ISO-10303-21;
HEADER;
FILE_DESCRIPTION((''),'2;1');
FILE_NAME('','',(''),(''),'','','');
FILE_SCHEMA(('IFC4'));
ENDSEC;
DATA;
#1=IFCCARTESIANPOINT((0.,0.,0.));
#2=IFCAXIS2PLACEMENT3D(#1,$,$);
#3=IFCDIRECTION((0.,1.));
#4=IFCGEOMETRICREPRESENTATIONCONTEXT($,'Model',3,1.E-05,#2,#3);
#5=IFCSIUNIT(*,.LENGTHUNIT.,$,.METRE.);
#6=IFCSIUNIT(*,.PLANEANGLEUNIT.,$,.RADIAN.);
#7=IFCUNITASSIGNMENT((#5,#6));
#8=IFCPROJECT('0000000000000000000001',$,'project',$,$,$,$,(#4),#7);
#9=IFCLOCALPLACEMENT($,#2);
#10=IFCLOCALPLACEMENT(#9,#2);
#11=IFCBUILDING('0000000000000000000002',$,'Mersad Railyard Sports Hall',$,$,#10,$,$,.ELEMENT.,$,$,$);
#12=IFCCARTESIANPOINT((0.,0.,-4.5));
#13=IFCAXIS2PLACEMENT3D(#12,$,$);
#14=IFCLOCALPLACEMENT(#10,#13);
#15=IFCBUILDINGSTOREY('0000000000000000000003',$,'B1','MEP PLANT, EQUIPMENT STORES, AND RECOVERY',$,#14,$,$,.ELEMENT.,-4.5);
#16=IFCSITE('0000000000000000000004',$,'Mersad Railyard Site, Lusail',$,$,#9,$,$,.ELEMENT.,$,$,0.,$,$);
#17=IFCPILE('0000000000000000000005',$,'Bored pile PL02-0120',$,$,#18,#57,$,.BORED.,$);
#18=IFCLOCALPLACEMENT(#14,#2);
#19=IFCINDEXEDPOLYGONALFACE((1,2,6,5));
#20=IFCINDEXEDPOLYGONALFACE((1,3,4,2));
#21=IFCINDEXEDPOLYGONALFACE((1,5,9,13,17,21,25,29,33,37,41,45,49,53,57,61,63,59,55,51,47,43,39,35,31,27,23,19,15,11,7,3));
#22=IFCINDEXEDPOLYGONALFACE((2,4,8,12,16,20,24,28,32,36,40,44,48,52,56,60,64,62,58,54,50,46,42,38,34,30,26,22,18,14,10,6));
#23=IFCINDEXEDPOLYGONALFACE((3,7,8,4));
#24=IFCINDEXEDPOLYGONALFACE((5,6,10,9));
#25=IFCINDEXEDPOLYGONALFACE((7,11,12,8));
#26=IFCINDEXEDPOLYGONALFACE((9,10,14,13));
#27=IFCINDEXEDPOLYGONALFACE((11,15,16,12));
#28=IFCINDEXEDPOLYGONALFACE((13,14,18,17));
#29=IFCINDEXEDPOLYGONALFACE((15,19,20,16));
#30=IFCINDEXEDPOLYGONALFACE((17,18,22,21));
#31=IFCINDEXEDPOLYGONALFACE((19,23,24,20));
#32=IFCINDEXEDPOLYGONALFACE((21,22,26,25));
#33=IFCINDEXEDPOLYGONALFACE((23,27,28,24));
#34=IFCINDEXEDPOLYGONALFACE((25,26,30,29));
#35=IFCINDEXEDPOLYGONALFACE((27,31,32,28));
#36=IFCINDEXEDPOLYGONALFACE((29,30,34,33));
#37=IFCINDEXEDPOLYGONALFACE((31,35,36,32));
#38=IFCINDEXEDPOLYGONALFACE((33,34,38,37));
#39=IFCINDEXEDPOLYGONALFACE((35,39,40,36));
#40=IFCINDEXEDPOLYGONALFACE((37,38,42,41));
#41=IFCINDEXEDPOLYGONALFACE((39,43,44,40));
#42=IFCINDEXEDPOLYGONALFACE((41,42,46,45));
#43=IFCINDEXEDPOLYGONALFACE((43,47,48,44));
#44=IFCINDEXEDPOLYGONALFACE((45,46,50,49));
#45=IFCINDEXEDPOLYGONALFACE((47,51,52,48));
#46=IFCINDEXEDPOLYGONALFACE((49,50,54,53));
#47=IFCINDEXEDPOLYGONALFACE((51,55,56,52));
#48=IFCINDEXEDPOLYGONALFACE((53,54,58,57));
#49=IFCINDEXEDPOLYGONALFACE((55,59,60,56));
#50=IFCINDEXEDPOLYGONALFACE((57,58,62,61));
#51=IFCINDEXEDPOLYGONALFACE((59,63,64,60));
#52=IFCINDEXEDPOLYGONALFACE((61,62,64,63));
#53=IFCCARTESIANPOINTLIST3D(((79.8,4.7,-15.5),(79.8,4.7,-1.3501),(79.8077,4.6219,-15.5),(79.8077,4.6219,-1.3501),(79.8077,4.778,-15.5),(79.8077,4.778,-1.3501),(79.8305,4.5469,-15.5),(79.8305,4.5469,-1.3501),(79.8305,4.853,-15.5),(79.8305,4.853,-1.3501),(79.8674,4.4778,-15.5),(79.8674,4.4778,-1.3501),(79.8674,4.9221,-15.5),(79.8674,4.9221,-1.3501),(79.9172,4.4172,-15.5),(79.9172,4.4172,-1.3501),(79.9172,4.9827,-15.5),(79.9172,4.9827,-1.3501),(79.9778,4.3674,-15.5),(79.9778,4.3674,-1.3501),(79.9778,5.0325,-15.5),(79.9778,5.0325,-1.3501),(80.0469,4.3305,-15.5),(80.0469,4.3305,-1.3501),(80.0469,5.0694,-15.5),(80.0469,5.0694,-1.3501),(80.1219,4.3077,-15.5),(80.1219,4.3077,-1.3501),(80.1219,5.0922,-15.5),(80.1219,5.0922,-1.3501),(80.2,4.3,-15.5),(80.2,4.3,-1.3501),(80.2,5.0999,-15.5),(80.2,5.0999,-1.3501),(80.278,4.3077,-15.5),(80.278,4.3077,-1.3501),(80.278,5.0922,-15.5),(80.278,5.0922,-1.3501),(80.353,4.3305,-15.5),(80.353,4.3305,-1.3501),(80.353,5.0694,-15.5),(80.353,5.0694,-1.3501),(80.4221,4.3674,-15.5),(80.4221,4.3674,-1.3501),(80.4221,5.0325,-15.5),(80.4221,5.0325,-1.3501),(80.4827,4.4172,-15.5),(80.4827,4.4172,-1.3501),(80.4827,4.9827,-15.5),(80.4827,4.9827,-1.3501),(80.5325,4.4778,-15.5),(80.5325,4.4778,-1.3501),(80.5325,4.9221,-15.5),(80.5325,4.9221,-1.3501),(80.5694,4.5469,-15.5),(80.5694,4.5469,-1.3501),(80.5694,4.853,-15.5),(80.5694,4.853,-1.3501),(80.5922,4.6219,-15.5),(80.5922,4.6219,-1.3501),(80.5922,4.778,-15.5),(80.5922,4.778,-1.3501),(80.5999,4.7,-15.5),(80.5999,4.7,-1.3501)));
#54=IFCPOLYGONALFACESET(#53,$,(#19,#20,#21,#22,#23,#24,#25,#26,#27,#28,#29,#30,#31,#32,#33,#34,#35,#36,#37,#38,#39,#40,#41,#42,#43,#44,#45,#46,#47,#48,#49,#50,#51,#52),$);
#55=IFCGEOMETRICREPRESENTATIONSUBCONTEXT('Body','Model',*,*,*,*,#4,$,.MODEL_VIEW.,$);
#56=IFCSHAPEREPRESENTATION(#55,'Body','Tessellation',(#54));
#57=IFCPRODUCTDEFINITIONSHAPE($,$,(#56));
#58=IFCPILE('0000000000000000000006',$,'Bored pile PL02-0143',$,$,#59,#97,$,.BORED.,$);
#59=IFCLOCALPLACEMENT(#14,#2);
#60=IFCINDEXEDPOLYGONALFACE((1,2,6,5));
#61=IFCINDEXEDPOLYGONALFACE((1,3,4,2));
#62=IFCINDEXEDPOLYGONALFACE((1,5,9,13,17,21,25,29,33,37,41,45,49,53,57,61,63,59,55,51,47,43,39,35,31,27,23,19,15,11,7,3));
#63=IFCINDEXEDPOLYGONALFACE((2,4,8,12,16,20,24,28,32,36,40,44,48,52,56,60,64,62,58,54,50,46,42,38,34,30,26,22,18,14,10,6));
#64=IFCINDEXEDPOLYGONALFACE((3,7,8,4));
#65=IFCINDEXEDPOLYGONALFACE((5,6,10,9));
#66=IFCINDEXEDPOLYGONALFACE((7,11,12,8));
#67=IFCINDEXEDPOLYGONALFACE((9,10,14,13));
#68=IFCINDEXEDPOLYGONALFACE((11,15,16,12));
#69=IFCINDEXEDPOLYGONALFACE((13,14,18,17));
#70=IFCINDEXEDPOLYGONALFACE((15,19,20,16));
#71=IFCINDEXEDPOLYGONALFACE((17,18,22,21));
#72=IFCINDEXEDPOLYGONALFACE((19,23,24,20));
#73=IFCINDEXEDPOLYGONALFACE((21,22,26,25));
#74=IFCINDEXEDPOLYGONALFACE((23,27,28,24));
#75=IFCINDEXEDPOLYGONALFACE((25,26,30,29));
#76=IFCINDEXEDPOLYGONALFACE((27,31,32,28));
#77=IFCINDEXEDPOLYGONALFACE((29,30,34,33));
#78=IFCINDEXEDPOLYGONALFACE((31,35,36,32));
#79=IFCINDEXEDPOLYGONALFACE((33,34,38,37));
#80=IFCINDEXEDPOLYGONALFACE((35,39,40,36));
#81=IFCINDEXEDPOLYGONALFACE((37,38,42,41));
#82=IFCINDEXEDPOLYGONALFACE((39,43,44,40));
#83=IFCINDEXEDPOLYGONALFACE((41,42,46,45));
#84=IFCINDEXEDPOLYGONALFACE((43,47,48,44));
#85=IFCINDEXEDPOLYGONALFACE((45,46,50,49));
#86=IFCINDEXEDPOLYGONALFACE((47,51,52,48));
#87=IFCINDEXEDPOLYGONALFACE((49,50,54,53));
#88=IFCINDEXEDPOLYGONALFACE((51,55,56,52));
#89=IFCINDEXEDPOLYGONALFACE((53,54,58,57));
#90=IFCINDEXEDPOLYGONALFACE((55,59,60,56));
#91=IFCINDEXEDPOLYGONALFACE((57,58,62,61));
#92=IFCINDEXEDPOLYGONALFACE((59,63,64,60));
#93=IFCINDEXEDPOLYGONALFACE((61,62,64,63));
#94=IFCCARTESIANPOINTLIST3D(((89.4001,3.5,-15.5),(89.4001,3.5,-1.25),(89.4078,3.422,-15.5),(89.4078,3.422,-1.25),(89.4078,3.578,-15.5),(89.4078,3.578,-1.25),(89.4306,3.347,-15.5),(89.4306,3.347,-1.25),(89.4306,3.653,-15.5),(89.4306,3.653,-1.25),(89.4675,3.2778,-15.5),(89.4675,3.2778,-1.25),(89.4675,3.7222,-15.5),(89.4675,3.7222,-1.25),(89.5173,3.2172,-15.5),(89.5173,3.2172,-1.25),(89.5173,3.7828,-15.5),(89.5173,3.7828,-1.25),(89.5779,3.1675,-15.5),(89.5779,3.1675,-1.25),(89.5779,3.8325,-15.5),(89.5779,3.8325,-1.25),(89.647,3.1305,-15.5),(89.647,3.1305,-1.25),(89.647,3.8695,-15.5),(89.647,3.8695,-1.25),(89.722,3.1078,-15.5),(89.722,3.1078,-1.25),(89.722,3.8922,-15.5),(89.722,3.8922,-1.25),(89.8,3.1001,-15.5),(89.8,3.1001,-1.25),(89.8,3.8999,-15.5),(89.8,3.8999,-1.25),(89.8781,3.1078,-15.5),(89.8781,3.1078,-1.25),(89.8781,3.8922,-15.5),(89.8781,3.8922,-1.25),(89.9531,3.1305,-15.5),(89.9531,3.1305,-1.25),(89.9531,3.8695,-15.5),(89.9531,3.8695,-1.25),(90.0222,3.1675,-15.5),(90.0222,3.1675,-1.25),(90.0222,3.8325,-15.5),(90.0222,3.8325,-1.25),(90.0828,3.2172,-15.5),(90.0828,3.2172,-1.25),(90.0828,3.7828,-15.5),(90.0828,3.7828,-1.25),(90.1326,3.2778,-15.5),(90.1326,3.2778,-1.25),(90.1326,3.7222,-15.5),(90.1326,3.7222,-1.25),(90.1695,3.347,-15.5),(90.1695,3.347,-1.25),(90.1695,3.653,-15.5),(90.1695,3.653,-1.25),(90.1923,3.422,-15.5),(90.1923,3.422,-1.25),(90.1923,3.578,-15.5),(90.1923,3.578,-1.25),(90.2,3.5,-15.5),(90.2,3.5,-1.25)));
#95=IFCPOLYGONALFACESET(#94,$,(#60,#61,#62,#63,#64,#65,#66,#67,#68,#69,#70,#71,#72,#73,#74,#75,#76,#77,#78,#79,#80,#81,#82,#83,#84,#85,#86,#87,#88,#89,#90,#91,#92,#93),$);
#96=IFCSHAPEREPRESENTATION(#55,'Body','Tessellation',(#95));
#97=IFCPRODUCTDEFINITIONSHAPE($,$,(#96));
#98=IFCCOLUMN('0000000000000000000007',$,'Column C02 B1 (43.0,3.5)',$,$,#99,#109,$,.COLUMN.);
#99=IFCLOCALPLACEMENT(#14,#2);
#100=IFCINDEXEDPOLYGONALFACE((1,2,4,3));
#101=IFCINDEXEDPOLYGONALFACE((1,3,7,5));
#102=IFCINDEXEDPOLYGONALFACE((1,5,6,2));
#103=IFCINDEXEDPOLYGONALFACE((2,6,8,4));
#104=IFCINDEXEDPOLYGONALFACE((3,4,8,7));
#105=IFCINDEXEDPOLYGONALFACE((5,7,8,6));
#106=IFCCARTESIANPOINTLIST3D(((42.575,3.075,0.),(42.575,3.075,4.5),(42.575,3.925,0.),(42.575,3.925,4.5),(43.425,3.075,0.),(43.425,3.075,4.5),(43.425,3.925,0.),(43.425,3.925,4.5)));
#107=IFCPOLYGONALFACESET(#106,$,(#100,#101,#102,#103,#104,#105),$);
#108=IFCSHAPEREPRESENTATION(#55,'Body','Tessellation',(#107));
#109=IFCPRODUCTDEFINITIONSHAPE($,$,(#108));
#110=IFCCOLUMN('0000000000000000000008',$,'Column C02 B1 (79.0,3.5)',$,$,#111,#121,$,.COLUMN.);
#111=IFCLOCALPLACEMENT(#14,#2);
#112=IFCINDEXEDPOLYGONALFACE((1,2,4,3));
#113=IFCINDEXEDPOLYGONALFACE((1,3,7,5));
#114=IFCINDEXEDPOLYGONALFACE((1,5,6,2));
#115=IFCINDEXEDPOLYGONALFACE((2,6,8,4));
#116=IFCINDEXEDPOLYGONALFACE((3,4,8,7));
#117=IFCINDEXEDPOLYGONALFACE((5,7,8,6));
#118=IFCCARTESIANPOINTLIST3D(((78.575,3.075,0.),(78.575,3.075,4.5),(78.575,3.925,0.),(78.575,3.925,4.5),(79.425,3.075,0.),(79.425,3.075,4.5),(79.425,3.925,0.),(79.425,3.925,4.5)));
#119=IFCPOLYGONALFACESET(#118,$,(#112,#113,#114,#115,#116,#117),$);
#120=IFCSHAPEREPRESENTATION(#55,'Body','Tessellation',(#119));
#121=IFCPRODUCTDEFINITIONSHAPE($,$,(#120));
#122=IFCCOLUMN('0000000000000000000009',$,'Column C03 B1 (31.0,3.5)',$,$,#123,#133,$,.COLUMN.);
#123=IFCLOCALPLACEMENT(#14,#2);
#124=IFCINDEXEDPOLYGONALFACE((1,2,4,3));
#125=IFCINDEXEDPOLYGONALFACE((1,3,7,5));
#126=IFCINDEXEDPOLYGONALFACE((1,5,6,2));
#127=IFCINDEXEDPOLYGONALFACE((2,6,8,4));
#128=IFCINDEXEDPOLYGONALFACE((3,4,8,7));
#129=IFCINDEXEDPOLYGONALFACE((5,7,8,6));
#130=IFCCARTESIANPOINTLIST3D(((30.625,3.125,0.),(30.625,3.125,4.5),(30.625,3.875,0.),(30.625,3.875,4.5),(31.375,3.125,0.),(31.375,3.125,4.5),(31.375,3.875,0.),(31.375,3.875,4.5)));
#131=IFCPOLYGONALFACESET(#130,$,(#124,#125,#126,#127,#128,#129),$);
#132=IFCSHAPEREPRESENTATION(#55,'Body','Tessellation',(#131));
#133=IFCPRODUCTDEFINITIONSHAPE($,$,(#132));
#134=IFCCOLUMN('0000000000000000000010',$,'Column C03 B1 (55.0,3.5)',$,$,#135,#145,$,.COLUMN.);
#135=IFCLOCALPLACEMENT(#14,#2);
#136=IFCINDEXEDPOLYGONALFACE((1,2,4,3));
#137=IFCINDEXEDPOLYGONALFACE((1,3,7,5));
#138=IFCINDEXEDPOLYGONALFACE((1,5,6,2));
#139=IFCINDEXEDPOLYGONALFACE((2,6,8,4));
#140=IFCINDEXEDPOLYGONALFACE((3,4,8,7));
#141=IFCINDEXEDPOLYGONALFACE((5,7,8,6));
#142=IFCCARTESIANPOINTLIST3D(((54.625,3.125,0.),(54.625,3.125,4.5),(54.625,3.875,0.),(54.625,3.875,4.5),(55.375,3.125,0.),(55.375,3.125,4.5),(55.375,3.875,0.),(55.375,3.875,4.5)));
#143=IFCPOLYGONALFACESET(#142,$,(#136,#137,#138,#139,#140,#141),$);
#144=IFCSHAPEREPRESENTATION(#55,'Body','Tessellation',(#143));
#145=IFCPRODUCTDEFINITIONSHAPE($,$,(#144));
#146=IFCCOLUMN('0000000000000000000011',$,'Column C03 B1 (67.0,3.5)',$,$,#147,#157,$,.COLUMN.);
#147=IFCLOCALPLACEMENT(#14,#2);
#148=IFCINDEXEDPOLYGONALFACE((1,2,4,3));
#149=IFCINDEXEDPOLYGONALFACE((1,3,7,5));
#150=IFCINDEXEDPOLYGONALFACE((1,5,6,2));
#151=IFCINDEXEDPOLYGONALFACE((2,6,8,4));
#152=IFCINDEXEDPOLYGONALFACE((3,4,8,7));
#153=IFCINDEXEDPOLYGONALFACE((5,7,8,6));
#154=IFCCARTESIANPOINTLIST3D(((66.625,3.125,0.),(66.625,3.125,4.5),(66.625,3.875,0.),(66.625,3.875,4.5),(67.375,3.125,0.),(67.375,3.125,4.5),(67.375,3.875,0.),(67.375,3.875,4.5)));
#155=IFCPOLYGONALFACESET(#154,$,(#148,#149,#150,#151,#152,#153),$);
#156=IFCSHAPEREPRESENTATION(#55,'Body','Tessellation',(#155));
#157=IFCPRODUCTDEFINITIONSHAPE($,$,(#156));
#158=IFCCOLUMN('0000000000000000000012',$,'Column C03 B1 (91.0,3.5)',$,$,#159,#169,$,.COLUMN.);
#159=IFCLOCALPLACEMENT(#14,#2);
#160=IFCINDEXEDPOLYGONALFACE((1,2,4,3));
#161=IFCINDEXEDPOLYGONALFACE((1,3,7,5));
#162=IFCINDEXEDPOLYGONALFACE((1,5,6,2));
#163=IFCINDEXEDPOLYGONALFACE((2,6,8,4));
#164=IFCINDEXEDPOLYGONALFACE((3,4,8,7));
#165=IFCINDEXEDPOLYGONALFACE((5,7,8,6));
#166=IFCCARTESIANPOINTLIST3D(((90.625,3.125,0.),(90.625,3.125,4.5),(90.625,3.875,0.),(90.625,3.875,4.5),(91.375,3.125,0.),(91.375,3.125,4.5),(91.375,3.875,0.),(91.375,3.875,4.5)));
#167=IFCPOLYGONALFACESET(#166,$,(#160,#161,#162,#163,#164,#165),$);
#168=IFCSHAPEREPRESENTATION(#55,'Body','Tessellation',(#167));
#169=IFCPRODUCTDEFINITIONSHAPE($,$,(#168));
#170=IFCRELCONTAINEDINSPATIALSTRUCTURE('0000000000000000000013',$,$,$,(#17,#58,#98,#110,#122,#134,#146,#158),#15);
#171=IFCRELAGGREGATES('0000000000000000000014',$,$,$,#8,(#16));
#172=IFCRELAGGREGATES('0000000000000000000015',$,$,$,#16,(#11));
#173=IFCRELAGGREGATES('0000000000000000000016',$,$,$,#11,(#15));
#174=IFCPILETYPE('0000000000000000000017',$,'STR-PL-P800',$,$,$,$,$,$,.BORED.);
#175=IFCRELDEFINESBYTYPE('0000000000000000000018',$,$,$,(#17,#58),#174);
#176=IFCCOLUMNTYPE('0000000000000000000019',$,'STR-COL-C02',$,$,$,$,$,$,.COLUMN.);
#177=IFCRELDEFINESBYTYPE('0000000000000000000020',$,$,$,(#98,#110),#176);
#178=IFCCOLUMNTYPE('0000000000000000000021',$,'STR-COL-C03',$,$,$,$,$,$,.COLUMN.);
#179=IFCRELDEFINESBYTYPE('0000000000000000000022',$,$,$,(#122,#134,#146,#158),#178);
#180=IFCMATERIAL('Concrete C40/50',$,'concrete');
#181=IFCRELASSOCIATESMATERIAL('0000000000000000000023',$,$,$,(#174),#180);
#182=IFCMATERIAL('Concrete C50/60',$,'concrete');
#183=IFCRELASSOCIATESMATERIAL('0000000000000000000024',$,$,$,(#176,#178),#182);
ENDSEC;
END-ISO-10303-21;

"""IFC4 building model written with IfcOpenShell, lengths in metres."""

from ifc_helpers import new_model, si_unit, direction, frame, origin, origin_2d, place, context, subcontext, project, spatial, rectangle, circle, extrude, material, material_profile, profile_set, type_object, element, save


model = new_model("IFC4")

# Units and contexts
model_context = context("Model", 3, precision=1e-05, world=origin(), true_north=direction((0.0, 1.0)))
body_context = subcontext(model_context, "Body", "Model", "MODEL_VIEW")
ifc_project = project(units=[si_unit("LENGTHUNIT", "METRE"), si_unit("PLANEANGLEUNIT", "RADIAN")], contexts=[model_context])

# Site, building, storey
site_placement = place(None, origin())
site = spatial("IfcSite", under=ifc_project, at=site_placement, Name="Mersad Railyard Site, Lusail", CompositionType="ELEMENT", RefElevation=0.0)
building_placement = place(site_placement, origin())
building = spatial("IfcBuilding", under=site, at=building_placement, Name="Mersad Railyard Sports Hall", CompositionType="ELEMENT")
storey_placement = place(building_placement, frame((0.0, 0.0, -4.5)))
storey = spatial("IfcBuildingStorey", under=building, at=storey_placement, Name="B1", Description="MEP PLANT, EQUIPMENT STORES, AND RECOVERY", CompositionType="ELEMENT", Elevation=-4.5)

# Shared definitions
ifc_material_1 = material(Name="Concrete C40/50", Category="concrete")

# Piles
ifc_material_profile_1 = material_profile(ifc_material_1, circle(Radius=0.3999, at=origin_2d()), Name="BORED PILE D800")
ifc_profile_set_1 = profile_set([ifc_material_profile_1], Name="Concrete C40/50")
pile_type_1 = type_object("IfcPileType", Name="STR-PL-P800", PredefinedType="BORED", material=ifc_profile_set_1)
for number, where, z_axis, x_axis, name in (
    (1, (80.2, 4.7, -1.3501), (0.0, 0.0, -1.0), (1.0, 0.0, 0.0), "Bored pile PL02-0120"),
):
    element("IfcPile", number, at=place(storey_placement, frame(where, z_axis=z_axis, x_axis=x_axis)), inside=storey, type_object=pile_type_1, Name=name, PredefinedType="BORED", context=body_context, shape_type="SweptSolid", body=[
        extrude(circle(Radius=0.3999, at=origin_2d()), origin(), (0.0, 0.0, 1.0), 14.1499),
    ])
pile_placement = place(storey_placement, frame((89.8, 3.5, -1.25), z_axis=(0.0, 0.0, -1.0), x_axis=(1.0, 0.0, 0.0)))
element("IfcPile", 2, at=pile_placement, inside=storey, type_object=pile_type_1, Name="Bored pile PL02-0143", PredefinedType="BORED", context=body_context, shape_type="SweptSolid", body=[
    extrude(circle(Radius=0.3999, at=origin_2d()), origin(), (0.0, 0.0, 1.0), 14.25),
])

# Columns
ifc_material_2 = material(Name="Concrete C50/60", Category="concrete")
ifc_material_profile_2 = material_profile(ifc_material_2, rectangle(XDim=0.8501, YDim=0.8501, at=origin_2d()), Name="RC 850x850")
ifc_profile_set_2 = profile_set([ifc_material_profile_2], Name="Concrete C50/60")
column_type_1 = type_object("IfcColumnType", Name="STR-COL-C02", PredefinedType="COLUMN", material=ifc_profile_set_2)
for number, where, z_axis, x_axis, name in (
    (3, (43.0, 3.5, 0.0), (0.0, 0.0, 1.0), (1.0, 0.0, 0.0), "Column C02 B1 (43.0,3.5)"),
    (4, (79.0, 3.5, 0.0), (0.0, 0.0, 1.0), (1.0, 0.0, 0.0), "Column C02 B1 (79.0,3.5)"),
):
    element("IfcColumn", number, at=place(storey_placement, frame(where, z_axis=z_axis, x_axis=x_axis)), inside=storey, type_object=column_type_1, Name=name, PredefinedType="COLUMN", context=body_context, shape_type="SweptSolid", body=[
        extrude(rectangle(XDim=0.8501, YDim=0.8501, at=origin_2d()), origin(), (0.0, 0.0, 1.0), 4.5),
    ])
ifc_material_profile_3 = material_profile(ifc_material_2, rectangle(XDim=0.75, YDim=0.75, at=origin_2d()), Name="RC 750x750")
ifc_profile_set_3 = profile_set([ifc_material_profile_3], Name="Concrete C50/60")
column_type_2 = type_object("IfcColumnType", Name="STR-COL-C03", PredefinedType="COLUMN", material=ifc_profile_set_3)
for number, where, z_axis, x_axis, name in (
    (5, (31.0, 3.5, 0.0), (0.0, 0.0, 1.0), (1.0, 0.0, 0.0), "Column C03 B1 (31.0,3.5)"),
    (6, (55.0, 3.5, 0.0), (0.0, 0.0, 1.0), (1.0, 0.0, 0.0), "Column C03 B1 (55.0,3.5)"),
    (7, (67.0, 3.5, 0.0), (0.0, 0.0, 1.0), (1.0, 0.0, 0.0), "Column C03 B1 (67.0,3.5)"),
    (8, (91.0, 3.5, 0.0), (0.0, 0.0, 1.0), (1.0, 0.0, 0.0), "Column C03 B1 (91.0,3.5)"),
):
    element("IfcColumn", number, at=place(storey_placement, frame(where, z_axis=z_axis, x_axis=x_axis)), inside=storey, type_object=column_type_2, Name=name, PredefinedType="COLUMN", context=body_context, shape_type="SweptSolid", body=[
        extrude(rectangle(XDim=0.75, YDim=0.75, at=origin_2d()), origin(), (0.0, 0.0, 1.0), 4.5),
    ])

save(model, "model.ifc")
